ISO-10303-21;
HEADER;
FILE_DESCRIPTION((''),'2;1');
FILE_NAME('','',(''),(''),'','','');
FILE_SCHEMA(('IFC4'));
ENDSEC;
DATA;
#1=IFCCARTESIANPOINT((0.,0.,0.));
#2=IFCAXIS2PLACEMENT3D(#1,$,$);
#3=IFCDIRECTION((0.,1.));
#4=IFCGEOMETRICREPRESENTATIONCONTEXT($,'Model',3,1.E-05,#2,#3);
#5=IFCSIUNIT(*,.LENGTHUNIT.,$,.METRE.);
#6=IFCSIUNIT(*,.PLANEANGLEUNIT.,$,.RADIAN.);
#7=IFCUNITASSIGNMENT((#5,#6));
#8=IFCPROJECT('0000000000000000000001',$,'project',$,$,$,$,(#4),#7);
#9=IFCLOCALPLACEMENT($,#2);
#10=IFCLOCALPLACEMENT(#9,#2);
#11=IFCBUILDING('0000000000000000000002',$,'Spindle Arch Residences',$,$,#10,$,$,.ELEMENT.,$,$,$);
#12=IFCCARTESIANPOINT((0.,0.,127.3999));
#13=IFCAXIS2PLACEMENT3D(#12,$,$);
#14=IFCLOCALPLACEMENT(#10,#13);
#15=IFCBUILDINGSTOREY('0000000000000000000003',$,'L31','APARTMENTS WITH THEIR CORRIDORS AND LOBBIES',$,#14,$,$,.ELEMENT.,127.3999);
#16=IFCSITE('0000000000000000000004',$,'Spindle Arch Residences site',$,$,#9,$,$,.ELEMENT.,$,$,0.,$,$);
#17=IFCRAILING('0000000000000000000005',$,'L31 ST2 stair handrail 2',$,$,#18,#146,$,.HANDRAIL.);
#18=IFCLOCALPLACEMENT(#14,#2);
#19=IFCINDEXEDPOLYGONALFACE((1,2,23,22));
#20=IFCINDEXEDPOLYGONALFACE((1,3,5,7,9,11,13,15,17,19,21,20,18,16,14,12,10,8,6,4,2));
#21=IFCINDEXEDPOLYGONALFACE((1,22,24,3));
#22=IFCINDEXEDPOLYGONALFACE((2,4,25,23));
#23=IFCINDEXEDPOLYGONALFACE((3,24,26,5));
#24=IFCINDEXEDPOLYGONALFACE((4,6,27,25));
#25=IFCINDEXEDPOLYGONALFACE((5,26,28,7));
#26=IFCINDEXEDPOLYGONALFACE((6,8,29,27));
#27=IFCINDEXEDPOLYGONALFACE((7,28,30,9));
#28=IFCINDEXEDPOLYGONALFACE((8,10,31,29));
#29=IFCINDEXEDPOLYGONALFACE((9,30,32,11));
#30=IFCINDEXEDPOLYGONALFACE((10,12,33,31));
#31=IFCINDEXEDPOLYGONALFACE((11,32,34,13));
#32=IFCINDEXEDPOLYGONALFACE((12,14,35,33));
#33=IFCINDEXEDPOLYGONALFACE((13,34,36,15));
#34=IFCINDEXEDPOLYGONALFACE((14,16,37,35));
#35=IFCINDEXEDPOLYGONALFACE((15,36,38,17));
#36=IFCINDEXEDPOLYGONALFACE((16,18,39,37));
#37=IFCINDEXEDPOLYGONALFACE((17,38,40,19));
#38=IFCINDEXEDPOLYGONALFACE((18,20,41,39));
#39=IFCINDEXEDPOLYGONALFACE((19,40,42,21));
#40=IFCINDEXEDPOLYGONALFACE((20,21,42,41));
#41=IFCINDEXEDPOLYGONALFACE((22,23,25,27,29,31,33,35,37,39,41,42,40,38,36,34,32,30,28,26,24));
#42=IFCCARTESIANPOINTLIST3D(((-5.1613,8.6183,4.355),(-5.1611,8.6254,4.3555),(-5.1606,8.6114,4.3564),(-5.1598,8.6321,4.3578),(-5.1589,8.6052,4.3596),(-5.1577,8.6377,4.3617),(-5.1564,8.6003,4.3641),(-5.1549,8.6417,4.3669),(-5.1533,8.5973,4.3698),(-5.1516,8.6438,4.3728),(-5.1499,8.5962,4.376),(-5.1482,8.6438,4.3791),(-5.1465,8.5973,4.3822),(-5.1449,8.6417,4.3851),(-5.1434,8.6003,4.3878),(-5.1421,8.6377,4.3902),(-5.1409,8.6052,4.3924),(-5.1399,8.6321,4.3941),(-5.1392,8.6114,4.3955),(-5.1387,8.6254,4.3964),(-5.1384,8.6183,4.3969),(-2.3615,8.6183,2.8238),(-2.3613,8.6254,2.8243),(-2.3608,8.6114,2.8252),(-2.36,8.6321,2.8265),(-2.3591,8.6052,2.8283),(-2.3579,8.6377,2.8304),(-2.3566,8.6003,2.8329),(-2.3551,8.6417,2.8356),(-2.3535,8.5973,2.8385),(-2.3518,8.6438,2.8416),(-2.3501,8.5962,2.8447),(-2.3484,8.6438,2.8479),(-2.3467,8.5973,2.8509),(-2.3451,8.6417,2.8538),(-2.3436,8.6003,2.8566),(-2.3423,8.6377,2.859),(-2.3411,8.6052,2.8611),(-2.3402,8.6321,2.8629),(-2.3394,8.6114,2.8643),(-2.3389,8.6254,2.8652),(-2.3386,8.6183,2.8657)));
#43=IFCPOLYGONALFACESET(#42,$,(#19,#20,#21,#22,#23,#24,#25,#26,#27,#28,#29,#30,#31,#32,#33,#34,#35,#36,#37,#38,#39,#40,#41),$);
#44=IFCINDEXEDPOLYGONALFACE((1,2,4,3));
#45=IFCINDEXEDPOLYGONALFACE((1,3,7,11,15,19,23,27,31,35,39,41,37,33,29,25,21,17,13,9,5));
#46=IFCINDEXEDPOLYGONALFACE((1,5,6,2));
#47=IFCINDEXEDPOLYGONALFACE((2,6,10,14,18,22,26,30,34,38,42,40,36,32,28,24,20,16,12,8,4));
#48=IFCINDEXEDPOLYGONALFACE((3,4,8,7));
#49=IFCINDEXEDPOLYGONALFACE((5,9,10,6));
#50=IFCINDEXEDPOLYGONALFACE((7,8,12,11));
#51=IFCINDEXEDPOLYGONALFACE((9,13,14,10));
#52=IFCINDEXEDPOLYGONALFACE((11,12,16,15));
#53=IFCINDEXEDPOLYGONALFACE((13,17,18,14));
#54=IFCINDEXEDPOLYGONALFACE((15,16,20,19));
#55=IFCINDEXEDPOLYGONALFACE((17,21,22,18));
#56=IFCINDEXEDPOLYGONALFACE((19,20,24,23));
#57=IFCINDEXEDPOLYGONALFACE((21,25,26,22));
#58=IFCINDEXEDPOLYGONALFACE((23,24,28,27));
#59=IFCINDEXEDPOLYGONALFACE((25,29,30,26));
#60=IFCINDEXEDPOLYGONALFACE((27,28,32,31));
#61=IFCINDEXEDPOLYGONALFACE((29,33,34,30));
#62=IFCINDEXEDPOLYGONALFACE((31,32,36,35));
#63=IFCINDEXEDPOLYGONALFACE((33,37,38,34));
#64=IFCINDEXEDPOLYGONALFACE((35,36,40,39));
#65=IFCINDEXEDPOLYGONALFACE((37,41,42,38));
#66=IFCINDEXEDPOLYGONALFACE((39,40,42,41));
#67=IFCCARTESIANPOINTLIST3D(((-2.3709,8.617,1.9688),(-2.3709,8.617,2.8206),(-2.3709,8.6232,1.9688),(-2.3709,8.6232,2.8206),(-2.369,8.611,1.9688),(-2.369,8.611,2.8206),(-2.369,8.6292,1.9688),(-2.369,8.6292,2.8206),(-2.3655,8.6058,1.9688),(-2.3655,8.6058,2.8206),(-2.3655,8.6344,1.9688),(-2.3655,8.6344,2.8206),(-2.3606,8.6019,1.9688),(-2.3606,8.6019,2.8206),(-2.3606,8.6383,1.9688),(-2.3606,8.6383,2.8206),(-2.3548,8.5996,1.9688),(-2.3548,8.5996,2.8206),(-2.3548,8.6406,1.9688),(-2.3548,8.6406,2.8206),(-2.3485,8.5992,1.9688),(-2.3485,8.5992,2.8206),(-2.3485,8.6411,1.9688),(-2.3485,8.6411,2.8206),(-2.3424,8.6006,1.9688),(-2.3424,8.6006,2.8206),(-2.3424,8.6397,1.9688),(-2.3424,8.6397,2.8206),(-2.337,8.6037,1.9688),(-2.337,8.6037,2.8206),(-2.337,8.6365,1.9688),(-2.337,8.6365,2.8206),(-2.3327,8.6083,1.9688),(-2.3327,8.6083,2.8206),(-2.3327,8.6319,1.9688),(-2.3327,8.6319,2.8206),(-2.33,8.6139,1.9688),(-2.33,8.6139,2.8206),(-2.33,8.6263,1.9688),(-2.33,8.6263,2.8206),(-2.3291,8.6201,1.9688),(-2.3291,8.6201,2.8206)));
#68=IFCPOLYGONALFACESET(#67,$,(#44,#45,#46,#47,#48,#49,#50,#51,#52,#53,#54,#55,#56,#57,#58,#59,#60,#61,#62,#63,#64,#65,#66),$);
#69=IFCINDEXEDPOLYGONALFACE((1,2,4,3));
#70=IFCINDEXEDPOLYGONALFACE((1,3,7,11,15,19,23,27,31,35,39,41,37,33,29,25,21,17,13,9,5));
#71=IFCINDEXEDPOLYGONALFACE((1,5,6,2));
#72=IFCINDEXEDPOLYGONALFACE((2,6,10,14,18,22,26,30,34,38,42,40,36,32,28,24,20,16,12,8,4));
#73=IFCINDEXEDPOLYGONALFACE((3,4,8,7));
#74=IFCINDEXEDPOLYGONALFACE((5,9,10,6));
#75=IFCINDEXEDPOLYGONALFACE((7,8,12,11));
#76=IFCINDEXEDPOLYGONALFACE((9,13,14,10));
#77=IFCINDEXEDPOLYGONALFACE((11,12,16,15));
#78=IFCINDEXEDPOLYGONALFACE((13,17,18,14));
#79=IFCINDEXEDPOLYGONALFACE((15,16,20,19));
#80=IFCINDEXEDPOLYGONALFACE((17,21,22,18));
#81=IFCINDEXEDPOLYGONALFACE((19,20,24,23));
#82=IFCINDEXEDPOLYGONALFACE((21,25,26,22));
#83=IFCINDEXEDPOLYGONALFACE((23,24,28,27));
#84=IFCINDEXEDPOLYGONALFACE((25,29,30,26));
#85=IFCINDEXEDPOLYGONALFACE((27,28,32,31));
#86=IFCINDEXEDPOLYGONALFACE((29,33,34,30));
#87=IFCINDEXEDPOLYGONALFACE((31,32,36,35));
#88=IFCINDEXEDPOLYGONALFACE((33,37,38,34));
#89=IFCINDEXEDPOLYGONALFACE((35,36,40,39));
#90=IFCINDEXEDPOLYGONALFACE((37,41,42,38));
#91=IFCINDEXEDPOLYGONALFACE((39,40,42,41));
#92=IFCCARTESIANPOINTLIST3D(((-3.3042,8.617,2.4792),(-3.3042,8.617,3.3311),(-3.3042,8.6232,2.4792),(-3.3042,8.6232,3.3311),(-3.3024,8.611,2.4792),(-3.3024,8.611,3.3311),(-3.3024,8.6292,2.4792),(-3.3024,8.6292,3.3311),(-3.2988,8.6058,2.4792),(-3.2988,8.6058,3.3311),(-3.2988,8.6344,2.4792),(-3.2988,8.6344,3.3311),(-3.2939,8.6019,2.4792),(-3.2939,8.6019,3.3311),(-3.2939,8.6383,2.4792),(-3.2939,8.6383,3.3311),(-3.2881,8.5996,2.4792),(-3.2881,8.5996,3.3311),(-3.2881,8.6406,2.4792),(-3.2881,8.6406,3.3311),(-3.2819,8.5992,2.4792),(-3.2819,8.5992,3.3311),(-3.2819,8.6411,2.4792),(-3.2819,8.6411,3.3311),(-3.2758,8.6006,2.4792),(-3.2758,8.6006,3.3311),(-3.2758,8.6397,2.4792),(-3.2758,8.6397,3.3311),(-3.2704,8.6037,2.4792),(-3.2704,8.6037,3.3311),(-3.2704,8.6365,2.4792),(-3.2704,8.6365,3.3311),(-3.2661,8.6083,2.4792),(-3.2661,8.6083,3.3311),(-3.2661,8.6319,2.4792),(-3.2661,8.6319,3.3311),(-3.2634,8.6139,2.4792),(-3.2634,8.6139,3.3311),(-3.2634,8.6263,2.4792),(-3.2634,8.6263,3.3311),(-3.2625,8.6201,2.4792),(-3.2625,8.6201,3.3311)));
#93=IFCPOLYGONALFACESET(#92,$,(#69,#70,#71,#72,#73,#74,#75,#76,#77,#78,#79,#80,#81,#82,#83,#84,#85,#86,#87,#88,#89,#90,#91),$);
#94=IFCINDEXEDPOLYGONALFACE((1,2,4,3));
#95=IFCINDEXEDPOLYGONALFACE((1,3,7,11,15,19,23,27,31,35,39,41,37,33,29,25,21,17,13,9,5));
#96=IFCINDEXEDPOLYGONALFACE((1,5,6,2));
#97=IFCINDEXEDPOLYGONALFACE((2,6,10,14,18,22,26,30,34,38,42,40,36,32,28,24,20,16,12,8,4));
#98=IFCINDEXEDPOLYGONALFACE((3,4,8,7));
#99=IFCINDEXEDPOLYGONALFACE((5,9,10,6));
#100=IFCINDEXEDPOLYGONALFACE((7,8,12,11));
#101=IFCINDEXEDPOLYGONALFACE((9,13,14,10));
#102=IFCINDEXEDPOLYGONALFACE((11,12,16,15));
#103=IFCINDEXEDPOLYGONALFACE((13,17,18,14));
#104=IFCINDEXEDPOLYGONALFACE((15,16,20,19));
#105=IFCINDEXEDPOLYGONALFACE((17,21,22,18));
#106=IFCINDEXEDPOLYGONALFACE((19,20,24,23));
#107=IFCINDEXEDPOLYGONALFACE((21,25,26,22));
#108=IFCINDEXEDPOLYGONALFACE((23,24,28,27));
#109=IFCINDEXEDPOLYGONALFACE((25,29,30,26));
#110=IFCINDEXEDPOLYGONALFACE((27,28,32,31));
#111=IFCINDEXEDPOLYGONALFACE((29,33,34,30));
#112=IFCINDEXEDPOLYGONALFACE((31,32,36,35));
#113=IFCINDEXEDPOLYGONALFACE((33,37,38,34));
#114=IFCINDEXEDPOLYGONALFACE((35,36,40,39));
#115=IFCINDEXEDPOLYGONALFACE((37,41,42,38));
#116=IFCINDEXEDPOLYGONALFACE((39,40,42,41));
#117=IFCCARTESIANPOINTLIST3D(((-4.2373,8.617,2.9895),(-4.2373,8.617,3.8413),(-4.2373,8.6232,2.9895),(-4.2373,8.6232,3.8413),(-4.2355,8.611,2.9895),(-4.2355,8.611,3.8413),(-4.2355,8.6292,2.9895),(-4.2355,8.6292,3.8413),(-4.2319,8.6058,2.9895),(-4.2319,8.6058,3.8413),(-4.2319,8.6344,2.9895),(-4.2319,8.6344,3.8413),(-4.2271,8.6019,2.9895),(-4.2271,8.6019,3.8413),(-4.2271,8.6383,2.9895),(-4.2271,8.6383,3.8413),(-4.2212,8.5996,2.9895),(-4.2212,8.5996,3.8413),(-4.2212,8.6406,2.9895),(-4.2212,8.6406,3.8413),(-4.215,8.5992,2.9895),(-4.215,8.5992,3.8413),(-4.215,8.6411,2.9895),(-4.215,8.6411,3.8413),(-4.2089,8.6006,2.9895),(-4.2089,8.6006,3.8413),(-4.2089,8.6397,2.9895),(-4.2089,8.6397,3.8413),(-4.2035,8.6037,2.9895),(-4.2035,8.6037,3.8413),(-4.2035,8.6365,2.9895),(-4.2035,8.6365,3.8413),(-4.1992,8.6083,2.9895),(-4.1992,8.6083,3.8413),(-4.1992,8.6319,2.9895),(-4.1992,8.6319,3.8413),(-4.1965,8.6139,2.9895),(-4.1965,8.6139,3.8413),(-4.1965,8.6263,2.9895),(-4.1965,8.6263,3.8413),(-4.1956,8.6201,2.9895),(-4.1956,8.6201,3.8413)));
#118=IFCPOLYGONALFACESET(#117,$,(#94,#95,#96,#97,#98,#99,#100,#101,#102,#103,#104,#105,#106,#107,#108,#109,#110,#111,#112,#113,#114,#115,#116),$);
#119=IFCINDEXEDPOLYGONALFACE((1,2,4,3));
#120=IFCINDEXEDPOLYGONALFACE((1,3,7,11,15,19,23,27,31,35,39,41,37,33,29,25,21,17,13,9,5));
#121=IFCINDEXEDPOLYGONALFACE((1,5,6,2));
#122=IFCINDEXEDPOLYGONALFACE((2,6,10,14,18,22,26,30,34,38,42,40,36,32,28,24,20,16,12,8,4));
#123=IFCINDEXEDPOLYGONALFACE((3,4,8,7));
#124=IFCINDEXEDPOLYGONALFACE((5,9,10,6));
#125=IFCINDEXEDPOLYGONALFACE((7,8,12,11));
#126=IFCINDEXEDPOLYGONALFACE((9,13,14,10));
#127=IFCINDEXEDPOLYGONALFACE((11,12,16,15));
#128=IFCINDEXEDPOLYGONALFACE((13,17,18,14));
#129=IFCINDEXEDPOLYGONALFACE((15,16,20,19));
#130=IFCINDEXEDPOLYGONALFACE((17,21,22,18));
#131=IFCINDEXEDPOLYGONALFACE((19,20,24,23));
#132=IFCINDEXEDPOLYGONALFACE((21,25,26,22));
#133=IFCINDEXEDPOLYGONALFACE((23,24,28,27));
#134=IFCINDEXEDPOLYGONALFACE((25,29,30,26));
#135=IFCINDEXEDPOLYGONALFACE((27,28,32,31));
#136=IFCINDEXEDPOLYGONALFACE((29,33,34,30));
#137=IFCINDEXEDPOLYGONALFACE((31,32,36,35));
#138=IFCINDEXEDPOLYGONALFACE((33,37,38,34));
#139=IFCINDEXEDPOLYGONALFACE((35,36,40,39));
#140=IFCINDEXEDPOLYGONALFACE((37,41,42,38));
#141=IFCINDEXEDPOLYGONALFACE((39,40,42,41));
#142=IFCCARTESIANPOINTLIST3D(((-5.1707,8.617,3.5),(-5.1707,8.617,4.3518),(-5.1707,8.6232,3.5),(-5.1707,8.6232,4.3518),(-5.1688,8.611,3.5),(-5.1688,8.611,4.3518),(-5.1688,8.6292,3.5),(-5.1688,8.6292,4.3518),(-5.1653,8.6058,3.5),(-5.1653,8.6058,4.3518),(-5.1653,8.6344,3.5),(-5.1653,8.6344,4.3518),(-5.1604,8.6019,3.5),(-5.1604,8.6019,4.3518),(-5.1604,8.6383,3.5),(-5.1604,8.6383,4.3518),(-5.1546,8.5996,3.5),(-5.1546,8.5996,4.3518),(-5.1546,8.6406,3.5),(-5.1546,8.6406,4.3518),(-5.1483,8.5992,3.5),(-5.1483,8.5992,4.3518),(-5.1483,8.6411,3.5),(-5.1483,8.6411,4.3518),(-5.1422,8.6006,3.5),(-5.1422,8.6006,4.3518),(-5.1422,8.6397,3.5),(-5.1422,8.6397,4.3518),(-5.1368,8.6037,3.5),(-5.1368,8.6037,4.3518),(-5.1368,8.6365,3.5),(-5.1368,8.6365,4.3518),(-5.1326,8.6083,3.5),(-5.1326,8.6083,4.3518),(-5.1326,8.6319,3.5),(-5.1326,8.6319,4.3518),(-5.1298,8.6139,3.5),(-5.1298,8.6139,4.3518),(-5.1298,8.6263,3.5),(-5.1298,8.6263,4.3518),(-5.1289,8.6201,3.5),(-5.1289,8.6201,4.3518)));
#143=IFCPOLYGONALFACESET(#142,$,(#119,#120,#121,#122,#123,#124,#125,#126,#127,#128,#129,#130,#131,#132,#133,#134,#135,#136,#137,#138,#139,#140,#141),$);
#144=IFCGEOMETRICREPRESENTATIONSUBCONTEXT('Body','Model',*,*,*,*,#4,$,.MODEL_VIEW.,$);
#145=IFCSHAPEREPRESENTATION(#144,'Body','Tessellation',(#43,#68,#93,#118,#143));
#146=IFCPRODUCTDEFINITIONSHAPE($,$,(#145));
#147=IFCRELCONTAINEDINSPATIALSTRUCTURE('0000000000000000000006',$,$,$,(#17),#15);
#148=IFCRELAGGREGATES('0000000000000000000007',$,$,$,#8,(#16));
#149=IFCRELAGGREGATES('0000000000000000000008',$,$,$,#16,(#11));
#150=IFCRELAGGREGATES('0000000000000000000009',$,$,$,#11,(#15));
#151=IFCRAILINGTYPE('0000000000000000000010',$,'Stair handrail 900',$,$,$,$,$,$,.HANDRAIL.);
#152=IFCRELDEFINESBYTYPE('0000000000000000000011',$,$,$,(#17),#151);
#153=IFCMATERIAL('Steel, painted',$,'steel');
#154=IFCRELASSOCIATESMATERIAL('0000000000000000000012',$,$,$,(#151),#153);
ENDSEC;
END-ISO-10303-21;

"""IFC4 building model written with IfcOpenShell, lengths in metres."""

from ifc_helpers import new_model, si_unit, direction, frame, origin, origin_2d, place, context, subcontext, project, spatial, circle, extrude, material, type_object, element, save


model = new_model("IFC4")

# Units and contexts
model_context = context("Model", 3, precision=1e-05, world=origin(), true_north=direction((0.0, 1.0)))
body_context = subcontext(model_context, "Body", "Model", "MODEL_VIEW")
ifc_project = project(units=[si_unit("LENGTHUNIT", "METRE"), si_unit("PLANEANGLEUNIT", "RADIAN")], contexts=[model_context])

# Site, building, storey
site_placement = place(None, origin())
site = spatial("IfcSite", under=ifc_project, at=site_placement, Name="Spindle Arch Residences site", CompositionType="ELEMENT", RefElevation=0.0)
building_placement = place(site_placement, origin())
building = spatial("IfcBuilding", under=site, at=building_placement, Name="Spindle Arch Residences", CompositionType="ELEMENT")
storey_placement = place(building_placement, frame((0.0, 0.0, 127.3999)))
storey = spatial("IfcBuildingStorey", under=building, at=storey_placement, Name="L31", Description="APARTMENTS WITH THEIR CORRIDORS AND LOBBIES", CompositionType="ELEMENT", Elevation=127.3999)

# Railing
ifc_material_1 = material(Name="Steel, painted", Category="steel")
railing_type = type_object("IfcRailingType", Name="Stair handrail 900", PredefinedType="HANDRAIL", material=ifc_material_1)
railing_placement = place(storey_placement, frame((-2.3501, 8.6201, 1.9688)))
element("IfcRailing", 1, at=railing_placement, inside=storey, type_object=railing_type, Name="L31 ST2 stair handrail 2", PredefinedType="HANDRAIL", context=body_context, shape_type="SweptSolid", body=[
    extrude(circle(Radius=0.0239, at=origin_2d()), frame((0.0, 0.0, 0.876), z_axis=(-0.877357, 0.0, 0.479838), x_axis=(0.0, -1.0, 0.0)), (0.0, 0.0, 1.0), 3.1912),
    extrude(circle(Radius=0.021, at=origin_2d()), origin(), (0.0, 0.0, 1.0), 0.8518),
    extrude(circle(Radius=0.021, at=origin_2d()), frame((-0.9333, 0.0, 0.5105)), (0.0, 0.0, 1.0), 0.8518),
    extrude(circle(Radius=0.021, at=origin_2d()), frame((-1.8665, 0.0, 1.0208)), (0.0, 0.0, 1.0), 0.8518),
    extrude(circle(Radius=0.021, at=origin_2d()), frame((-2.7998, 0.0, 1.5312)), (0.0, 0.0, 1.0), 0.8518),
])

save(model, "model.ifc")
